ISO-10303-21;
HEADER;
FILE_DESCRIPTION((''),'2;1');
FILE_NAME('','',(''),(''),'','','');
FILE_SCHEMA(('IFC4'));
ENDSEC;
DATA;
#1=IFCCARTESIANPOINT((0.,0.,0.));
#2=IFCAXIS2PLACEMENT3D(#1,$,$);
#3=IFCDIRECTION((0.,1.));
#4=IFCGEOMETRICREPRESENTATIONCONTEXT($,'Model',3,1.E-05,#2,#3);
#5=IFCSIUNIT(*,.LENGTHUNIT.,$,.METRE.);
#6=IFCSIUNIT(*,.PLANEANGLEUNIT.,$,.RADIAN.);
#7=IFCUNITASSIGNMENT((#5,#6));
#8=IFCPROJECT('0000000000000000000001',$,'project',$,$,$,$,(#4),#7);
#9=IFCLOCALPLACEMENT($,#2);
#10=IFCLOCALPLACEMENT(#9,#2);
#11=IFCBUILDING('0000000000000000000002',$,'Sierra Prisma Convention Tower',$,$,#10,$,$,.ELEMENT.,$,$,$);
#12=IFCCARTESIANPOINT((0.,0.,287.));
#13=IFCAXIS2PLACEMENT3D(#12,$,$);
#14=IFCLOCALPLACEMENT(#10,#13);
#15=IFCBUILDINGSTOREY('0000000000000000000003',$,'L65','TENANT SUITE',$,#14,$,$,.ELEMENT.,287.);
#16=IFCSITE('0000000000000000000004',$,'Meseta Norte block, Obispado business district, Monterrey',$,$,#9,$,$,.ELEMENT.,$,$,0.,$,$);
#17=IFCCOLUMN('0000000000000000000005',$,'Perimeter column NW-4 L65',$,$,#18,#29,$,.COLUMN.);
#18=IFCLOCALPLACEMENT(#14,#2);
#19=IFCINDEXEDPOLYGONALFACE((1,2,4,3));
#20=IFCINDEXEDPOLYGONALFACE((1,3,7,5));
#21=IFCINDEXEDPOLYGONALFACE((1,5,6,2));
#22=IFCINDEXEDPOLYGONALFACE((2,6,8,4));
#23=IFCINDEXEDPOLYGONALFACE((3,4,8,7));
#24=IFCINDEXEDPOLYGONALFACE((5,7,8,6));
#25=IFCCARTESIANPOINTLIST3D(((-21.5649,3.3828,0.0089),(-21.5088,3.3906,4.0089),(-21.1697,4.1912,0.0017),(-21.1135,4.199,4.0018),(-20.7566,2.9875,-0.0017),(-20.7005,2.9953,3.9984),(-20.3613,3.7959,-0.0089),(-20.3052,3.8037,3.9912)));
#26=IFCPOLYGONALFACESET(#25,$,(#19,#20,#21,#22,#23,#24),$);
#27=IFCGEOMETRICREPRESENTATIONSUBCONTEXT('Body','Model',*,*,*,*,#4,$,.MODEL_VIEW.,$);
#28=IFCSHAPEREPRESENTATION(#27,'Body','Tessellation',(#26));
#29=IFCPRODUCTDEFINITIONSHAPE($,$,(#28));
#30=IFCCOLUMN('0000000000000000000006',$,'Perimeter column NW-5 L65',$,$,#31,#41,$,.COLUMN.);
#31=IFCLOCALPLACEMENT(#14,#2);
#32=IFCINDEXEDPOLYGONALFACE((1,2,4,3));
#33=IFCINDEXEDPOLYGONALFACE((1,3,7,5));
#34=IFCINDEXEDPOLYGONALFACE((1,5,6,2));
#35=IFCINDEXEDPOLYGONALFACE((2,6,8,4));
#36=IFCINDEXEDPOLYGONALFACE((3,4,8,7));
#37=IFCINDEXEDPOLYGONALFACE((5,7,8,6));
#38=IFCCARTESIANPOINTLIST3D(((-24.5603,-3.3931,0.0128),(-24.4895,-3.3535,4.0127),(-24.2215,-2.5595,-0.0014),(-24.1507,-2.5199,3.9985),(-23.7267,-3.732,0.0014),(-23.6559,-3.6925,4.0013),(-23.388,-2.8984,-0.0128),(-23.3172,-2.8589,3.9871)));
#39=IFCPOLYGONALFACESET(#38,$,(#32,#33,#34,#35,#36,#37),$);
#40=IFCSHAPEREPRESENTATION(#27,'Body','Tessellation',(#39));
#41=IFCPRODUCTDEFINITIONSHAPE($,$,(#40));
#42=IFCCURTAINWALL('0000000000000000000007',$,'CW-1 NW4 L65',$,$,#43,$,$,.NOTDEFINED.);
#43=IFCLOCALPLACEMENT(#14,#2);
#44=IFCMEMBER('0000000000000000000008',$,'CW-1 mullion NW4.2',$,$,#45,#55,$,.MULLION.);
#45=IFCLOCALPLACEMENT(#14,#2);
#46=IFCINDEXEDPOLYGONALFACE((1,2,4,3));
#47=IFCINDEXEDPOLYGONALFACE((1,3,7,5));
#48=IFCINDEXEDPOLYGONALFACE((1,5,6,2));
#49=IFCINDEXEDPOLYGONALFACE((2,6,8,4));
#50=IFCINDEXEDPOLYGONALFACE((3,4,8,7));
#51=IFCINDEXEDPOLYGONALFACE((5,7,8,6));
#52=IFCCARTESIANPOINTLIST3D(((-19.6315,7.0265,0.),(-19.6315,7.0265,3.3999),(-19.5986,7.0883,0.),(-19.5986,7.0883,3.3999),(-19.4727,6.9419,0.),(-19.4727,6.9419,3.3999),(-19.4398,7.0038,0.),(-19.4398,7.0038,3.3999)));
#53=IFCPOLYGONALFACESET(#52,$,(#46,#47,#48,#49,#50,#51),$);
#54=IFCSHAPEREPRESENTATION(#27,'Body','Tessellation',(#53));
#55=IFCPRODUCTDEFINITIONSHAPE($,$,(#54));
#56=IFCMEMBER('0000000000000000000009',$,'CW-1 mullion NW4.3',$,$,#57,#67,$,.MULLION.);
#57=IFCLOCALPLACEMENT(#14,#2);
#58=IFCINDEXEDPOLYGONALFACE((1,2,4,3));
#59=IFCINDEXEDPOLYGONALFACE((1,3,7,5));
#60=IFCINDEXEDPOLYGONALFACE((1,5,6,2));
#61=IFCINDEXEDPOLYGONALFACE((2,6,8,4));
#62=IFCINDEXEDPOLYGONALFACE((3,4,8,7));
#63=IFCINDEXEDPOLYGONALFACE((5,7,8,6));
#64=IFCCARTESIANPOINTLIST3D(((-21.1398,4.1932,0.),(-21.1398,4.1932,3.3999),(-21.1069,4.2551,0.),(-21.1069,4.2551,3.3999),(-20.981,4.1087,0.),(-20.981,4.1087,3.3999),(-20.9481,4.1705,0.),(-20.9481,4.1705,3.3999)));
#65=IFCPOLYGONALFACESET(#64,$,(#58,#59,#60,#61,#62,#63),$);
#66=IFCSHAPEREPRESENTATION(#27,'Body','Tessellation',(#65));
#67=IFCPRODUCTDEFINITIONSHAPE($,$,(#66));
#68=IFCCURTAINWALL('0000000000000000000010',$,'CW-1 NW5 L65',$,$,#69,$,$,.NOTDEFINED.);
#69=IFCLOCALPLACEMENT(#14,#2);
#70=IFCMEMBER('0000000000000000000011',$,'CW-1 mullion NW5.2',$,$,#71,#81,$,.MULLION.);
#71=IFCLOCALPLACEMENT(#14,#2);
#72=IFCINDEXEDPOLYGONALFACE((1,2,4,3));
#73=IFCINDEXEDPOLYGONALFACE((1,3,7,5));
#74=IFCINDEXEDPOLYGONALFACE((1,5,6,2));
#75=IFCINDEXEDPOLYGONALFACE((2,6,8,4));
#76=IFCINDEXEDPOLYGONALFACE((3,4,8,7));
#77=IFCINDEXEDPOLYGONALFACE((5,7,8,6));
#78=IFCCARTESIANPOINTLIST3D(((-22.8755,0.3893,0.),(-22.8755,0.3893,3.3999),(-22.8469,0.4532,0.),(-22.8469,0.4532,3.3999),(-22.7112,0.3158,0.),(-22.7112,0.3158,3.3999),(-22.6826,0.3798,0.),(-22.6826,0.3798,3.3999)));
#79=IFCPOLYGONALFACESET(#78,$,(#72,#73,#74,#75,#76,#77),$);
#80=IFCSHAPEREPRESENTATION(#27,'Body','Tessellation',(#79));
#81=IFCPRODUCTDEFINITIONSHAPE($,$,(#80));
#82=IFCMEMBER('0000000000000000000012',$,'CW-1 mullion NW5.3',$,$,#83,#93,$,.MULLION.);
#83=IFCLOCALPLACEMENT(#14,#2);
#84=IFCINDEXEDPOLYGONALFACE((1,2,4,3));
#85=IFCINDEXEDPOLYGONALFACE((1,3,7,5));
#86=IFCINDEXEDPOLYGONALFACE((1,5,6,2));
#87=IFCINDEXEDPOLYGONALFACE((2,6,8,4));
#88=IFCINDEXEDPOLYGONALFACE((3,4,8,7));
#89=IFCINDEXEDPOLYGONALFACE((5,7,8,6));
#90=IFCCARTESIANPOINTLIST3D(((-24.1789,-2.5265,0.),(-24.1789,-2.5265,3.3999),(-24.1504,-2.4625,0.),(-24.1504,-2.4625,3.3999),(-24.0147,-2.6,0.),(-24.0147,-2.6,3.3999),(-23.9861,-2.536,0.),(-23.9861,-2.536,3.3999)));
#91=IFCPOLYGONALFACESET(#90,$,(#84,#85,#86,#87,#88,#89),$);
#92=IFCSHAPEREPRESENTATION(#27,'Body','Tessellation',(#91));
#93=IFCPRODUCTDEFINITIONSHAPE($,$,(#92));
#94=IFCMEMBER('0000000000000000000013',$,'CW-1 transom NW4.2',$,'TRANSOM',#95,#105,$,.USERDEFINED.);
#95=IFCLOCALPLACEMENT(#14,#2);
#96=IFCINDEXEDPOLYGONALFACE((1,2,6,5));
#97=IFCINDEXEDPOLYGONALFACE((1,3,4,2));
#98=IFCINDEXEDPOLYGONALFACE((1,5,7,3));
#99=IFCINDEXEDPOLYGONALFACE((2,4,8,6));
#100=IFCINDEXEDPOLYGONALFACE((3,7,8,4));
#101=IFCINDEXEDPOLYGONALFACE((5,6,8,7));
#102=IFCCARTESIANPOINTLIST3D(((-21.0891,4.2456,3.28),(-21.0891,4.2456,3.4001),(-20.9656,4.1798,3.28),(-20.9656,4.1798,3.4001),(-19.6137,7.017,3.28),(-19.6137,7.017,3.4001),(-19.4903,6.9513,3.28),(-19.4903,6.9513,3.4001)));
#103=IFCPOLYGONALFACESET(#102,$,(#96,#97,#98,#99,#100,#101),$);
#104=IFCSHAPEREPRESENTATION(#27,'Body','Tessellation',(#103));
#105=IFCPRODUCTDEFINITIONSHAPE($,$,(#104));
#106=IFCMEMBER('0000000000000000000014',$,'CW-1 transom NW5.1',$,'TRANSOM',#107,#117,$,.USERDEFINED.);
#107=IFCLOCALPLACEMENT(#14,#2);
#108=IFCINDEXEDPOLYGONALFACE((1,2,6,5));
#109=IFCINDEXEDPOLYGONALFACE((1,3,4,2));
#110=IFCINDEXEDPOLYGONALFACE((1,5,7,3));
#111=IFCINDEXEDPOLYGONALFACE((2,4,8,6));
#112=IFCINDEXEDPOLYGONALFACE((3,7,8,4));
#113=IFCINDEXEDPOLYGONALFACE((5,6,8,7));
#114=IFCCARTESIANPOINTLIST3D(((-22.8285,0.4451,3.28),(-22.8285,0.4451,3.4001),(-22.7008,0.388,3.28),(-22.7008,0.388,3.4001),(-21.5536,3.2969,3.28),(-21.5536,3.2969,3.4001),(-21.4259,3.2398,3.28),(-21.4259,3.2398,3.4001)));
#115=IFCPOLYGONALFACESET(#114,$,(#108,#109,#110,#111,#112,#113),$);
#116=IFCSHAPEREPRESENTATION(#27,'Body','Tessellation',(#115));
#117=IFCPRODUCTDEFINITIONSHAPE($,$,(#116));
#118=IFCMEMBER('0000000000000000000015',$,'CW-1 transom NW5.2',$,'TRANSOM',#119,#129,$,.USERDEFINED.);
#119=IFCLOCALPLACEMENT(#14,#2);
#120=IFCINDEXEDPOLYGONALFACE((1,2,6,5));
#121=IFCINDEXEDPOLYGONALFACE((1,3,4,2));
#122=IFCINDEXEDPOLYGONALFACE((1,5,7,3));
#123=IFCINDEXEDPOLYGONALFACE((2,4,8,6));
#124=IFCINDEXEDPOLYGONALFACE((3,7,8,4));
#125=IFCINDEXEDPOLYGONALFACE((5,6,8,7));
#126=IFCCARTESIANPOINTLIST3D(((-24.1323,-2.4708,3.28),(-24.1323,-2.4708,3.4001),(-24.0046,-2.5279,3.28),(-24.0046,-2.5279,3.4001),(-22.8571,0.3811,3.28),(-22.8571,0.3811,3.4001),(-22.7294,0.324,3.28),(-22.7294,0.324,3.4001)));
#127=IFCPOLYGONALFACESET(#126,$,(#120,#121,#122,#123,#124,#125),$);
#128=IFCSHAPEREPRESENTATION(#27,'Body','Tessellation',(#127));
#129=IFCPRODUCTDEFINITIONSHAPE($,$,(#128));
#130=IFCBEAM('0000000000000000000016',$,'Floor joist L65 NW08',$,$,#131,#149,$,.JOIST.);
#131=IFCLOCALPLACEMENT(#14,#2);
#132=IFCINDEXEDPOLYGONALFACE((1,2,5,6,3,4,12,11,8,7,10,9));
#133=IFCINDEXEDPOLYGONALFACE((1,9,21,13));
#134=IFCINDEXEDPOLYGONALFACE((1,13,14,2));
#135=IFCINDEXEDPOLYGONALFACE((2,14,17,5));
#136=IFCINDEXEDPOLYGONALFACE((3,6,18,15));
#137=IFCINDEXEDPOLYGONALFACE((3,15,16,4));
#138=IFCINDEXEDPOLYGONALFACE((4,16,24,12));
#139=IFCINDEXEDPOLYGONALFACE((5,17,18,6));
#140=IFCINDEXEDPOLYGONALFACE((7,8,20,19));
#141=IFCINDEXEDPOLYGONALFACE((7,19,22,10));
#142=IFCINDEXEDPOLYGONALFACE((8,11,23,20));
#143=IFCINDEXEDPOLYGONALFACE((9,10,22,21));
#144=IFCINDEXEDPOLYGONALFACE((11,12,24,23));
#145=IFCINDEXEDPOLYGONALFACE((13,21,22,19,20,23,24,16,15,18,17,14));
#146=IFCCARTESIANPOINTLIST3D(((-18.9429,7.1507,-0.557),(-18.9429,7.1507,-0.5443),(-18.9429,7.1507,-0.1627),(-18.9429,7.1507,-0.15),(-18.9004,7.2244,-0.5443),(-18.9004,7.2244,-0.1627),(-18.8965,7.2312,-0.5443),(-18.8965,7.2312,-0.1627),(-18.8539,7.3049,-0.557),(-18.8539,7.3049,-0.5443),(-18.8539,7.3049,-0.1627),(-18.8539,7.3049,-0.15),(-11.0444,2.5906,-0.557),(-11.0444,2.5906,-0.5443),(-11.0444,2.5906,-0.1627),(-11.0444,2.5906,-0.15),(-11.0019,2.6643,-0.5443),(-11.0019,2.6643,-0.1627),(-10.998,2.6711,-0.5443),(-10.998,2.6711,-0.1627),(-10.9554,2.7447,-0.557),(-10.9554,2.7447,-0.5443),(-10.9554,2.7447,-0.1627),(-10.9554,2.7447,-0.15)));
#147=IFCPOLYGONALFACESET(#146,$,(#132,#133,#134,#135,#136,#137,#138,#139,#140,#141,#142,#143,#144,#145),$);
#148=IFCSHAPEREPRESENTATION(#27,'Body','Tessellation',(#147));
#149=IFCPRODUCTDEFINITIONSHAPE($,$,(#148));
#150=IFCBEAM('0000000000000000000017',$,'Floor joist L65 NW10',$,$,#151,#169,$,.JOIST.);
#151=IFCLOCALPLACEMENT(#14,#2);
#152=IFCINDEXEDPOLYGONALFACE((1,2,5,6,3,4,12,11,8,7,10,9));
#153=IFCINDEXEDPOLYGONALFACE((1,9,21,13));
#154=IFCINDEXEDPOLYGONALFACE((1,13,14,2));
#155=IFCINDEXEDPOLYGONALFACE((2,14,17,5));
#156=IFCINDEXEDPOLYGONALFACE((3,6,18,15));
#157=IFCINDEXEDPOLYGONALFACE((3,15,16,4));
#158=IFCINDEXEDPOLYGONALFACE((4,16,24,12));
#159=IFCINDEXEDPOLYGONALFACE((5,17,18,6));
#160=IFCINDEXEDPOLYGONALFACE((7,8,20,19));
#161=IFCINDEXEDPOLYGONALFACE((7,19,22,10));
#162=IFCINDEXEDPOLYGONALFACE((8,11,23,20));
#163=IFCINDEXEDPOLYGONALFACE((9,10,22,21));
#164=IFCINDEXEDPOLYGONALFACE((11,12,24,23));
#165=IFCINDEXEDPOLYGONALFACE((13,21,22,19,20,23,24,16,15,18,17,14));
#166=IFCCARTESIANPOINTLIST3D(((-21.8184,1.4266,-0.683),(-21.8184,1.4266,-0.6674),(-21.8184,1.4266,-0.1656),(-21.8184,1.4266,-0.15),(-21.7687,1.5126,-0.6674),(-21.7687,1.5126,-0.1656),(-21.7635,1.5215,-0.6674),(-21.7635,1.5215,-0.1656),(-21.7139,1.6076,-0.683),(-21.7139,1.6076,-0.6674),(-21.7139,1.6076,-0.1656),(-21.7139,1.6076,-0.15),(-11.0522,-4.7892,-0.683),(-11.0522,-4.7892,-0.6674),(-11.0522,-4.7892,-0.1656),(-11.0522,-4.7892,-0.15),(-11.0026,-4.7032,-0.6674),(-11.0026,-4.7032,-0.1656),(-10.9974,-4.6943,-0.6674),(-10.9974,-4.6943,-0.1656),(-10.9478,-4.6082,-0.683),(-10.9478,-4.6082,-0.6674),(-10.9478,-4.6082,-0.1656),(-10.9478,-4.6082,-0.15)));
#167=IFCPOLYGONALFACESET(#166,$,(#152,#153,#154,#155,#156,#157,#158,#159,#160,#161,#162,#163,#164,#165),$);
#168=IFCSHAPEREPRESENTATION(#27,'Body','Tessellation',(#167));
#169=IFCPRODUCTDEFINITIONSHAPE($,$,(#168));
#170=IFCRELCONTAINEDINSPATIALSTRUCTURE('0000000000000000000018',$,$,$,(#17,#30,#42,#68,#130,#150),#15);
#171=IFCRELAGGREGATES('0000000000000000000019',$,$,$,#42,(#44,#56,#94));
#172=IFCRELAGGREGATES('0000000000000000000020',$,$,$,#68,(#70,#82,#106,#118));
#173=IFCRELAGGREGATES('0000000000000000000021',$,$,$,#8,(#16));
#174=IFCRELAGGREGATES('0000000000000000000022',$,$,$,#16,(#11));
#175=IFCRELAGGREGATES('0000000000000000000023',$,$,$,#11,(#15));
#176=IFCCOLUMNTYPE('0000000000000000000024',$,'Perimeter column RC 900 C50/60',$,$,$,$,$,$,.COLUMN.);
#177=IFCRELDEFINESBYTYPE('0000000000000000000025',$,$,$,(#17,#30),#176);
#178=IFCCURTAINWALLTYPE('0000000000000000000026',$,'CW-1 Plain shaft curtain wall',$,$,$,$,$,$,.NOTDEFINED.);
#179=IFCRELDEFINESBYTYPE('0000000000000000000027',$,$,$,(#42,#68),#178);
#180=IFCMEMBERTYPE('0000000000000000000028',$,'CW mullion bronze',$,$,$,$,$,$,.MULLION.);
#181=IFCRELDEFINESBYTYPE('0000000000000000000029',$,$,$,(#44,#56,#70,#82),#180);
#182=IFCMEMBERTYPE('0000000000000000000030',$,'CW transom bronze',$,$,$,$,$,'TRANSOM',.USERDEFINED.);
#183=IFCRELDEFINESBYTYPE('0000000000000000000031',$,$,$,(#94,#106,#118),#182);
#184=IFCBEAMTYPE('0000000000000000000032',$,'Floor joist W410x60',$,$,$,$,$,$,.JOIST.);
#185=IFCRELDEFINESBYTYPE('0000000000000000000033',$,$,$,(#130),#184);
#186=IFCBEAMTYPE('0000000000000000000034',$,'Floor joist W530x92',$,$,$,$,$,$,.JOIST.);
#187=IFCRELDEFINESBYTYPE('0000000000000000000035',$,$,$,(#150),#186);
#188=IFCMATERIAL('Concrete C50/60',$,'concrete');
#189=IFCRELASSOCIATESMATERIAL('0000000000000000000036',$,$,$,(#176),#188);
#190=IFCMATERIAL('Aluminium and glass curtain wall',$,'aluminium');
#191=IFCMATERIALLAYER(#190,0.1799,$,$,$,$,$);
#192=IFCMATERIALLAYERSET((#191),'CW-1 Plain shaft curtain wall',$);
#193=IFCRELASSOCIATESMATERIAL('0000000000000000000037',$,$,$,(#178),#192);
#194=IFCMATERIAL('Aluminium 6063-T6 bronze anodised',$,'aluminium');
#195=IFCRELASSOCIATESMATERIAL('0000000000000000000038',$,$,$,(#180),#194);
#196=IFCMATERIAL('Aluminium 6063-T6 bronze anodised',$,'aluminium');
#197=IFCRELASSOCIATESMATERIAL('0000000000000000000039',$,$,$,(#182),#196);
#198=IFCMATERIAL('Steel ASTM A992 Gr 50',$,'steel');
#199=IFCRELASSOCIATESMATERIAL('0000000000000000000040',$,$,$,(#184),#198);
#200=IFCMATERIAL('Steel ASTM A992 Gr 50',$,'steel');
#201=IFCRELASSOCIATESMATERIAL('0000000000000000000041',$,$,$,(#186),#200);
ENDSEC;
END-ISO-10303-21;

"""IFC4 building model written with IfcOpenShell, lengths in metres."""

from ifc_helpers import new_model, si_unit, direction, frame, origin, origin_2d, place, context, subcontext, project, spatial, rectangle, i_section, extrude, material, layer, layer_set, material_profile, profile_set, type_object, element, aggregate, save


model = new_model("IFC4")

# Units and contexts
model_context = context("Model", 3, precision=1e-05, world=origin(), true_north=direction((0.0, 1.0)))
body_context = subcontext(model_context, "Body", "Model", "MODEL_VIEW")
ifc_project = project(units=[si_unit("LENGTHUNIT", "METRE"), si_unit("PLANEANGLEUNIT", "RADIAN")], contexts=[model_context])

# Site, building, storey
site_placement = place(None, origin())
site = spatial("IfcSite", under=ifc_project, at=site_placement, Name="Meseta Norte block, Obispado business district, Monterrey", CompositionType="ELEMENT", RefElevation=0.0)
building_placement = place(site_placement, origin())
building = spatial("IfcBuilding", under=site, at=building_placement, Name="Sierra Prisma Convention Tower", CompositionType="ELEMENT")
storey_placement = place(building_placement, frame((0.0, 0.0, 287.0)))
storey = spatial("IfcBuildingStorey", under=building, at=storey_placement, Name="L65", Description="TENANT SUITE", CompositionType="ELEMENT", Elevation=287.0)

# Columns
ifc_material_1 = material(Name="Concrete C50/60", Category="concrete")
ifc_material_profile_1 = material_profile(ifc_material_1, rectangle(XDim=0.8999, YDim=0.8999, at=origin_2d()), Name="Perimeter column RC 900 C50/60")
ifc_profile_set_1 = profile_set([ifc_material_profile_1], Name="Concrete C50/60")
column_type = type_object("IfcColumnType", Name="Perimeter column RC 900 C50/60", PredefinedType="COLUMN", material=ifc_profile_set_1)
column_1_placement = place(storey_placement, frame((-20.9631, 3.5894, 0.0), z_axis=(0.014037, 0.001953, 0.9999), x_axis=(0.439252, 0.898329, -0.007921)))
element("IfcColumn", 1, at=column_1_placement, inside=storey, type_object=column_type, Name="Perimeter column NW-4 L65", PredefinedType="COLUMN", context=body_context, shape_type="SweptSolid", body=[
    extrude(rectangle(XDim=0.8999, YDim=0.8999, at=origin_2d()), origin(), (0.0, 0.0, 1.0), 4.0005),
])
column_2_placement = place(storey_placement, frame((-23.9741, -3.1458, 0.0), z_axis=(0.017697, 0.009886, 0.999795), x_axis=(0.376453, 0.926301, -0.015822)))
element("IfcColumn", 2, at=column_2_placement, inside=storey, type_object=column_type, Name="Perimeter column NW-5 L65", PredefinedType="COLUMN", context=body_context, shape_type="SweptSolid", body=[
    extrude(rectangle(XDim=0.8999, YDim=0.8999, at=origin_2d()), origin(), (0.0, 0.0, 1.0), 4.0007),
])

# Curtain walls, members
ifc_material_2 = material(Name="Aluminium and glass curtain wall", Category="aluminium")
ifc_layer_1 = layer(ifc_material_2, 0.1799)
ifc_layer_set_1 = layer_set([ifc_layer_1], Name="CW-1 Plain shaft curtain wall")
curtain_wall_type = type_object("IfcCurtainWallType", Name="CW-1 Plain shaft curtain wall", PredefinedType="NOTDEFINED", material=ifc_layer_set_1)
curtain_wall_1_placement = place(storey_placement, origin())
curtain_wall_1 = element("IfcCurtainWall", 3, at=curtain_wall_1_placement, inside=storey, type_object=curtain_wall_type, Name="CW-1 NW4 L65", PredefinedType="NOTDEFINED")
ifc_material_3 = material(Name="Aluminium 6063-T6 bronze anodised", Category="aluminium")
ifc_material_profile_2 = material_profile(ifc_material_3, rectangle(XDim=0.1799, YDim=0.0701, at=origin_2d()), Name="ALU MULLION 70x180")
ifc_profile_set_2 = profile_set([ifc_material_profile_2], Name="Aluminium 6063-T6 bronze anodised")
member_type_1 = type_object("IfcMemberType", Name="CW mullion bronze", PredefinedType="MULLION", material=ifc_profile_set_2)
member_1_placement = place(storey_placement, frame((-19.5356, 7.0151, 0.0), z_axis=(0.0, 0.0, 1.0), x_axis=(0.882706, -0.469925, 0.0)))
member_1 = element("IfcMember", 4, at=member_1_placement, type_object=member_type_1, Name="CW-1 mullion NW4.2", PredefinedType="MULLION", context=body_context, shape_type="SweptSolid", body=[
    extrude(rectangle(XDim=0.1799, YDim=0.0701, at=origin_2d()), origin(), (0.0, 0.0, 1.0), 3.3999),
])
member_2_placement = place(storey_placement, frame((-21.0439, 4.1819, 0.0), z_axis=(0.0, 0.0, 1.0), x_axis=(0.882706, -0.469925, 0.0)))
member_2 = element("IfcMember", 5, at=member_2_placement, type_object=member_type_1, Name="CW-1 mullion NW4.3", PredefinedType="MULLION", context=body_context, shape_type="SweptSolid", body=[
    extrude(rectangle(XDim=0.1799, YDim=0.0701, at=origin_2d()), origin(), (0.0, 0.0, 1.0), 3.3999),
])
curtain_wall_2_placement = place(storey_placement, origin())
curtain_wall_2 = element("IfcCurtainWall", 6, at=curtain_wall_2_placement, inside=storey, type_object=curtain_wall_type, Name="CW-1 NW5 L65", PredefinedType="NOTDEFINED")
member_3_placement = place(storey_placement, frame((-22.7791, 0.3845, 0.0), z_axis=(0.0, 0.0, 1.0), x_axis=(0.912917, -0.408145, 0.0)))
member_3 = element("IfcMember", 7, at=member_3_placement, type_object=member_type_1, Name="CW-1 mullion NW5.2", PredefinedType="MULLION", context=body_context, shape_type="SweptSolid", body=[
    extrude(rectangle(XDim=0.1799, YDim=0.0701, at=origin_2d()), origin(), (0.0, 0.0, 1.0), 3.3999),
])
member_4_placement = place(storey_placement, frame((-24.0825, -2.5312, 0.0), z_axis=(0.0, 0.0, 1.0), x_axis=(0.912917, -0.408145, 0.0)))
member_4 = element("IfcMember", 8, at=member_4_placement, type_object=member_type_1, Name="CW-1 mullion NW5.3", PredefinedType="MULLION", context=body_context, shape_type="SweptSolid", body=[
    extrude(rectangle(XDim=0.1799, YDim=0.0701, at=origin_2d()), origin(), (0.0, 0.0, 1.0), 3.3999),
])

# Members
ifc_material_4 = material(Name="Aluminium 6063-T6 bronze anodised", Category="aluminium")
ifc_material_profile_3 = material_profile(ifc_material_4, rectangle(XDim=0.1399, YDim=0.1201, at=origin_2d()), Name="ALU TRANSOM 120x140")
ifc_profile_set_3 = profile_set([ifc_material_profile_3], Name="Aluminium 6063-T6 bronze anodised")
member_type_2 = type_object("IfcMemberType", Name="CW transom bronze", ElementType="TRANSOM", PredefinedType="USERDEFINED", material=ifc_profile_set_3)
member_5_placement = place(storey_placement, frame((-19.552, 6.9841, 3.3401), z_axis=(-0.469898, -0.882721, 0.0), x_axis=(0.882721, -0.469898, 0.0)))
member_5 = element("IfcMember", 9, at=member_5_placement, type_object=member_type_2, Name="CW-1 transom NW4.2", ObjectType="TRANSOM", PredefinedType="USERDEFINED", context=body_context, shape_type="SweptSolid", body=[
    extrude(rectangle(XDim=0.1399, YDim=0.1201, at=origin_2d()), origin(), (0.0, 0.0, 1.0), 3.1396),
])
member_6_placement = place(storey_placement, frame((-21.4897, 3.2683, 3.3401), z_axis=(-0.408124, -0.912926, 0.0), x_axis=(0.912926, -0.408124, 0.0)))
member_6 = element("IfcMember", 10, at=member_6_placement, type_object=member_type_2, Name="CW-1 transom NW5.1", ObjectType="TRANSOM", PredefinedType="USERDEFINED", context=body_context, shape_type="SweptSolid", body=[
    extrude(rectangle(XDim=0.1399, YDim=0.1201, at=origin_2d()), origin(), (0.0, 0.0, 1.0), 3.1238),
])
member_7_placement = place(storey_placement, frame((-22.7932, 0.3525, 3.3401), z_axis=(-0.40819, -0.912897, 0.0), x_axis=(0.912897, -0.40819, 0.0)))
member_7 = element("IfcMember", 11, at=member_7_placement, type_object=member_type_2, Name="CW-1 transom NW5.2", ObjectType="TRANSOM", PredefinedType="USERDEFINED", context=body_context, shape_type="SweptSolid", body=[
    extrude(rectangle(XDim=0.1399, YDim=0.1201, at=origin_2d()), origin(), (0.0, 0.0, 1.0), 3.124),
])

# Beams
ifc_material_5 = material(Name="Steel ASTM A992 Gr 50", Category="steel")
ifc_material_profile_4 = material_profile(ifc_material_5, i_section(OverallWidth=0.178, OverallDepth=0.407, WebThickness=0.0078, FlangeThickness=0.0127, at=origin_2d()), Name="W410x60")
ifc_profile_set_4 = profile_set([ifc_material_profile_4], Name="Steel ASTM A992 Gr 50")
beam_type_1 = type_object("IfcBeamType", Name="Floor joist W410x60", PredefinedType="JOIST", material=ifc_profile_set_4)
beam_1_placement = place(storey_placement, frame((-18.8984, 7.2278, -0.3535), z_axis=(0.86603, -0.499991, 0.0), x_axis=(0.499991, 0.86603, 0.0)))
element("IfcBeam", 12, at=beam_1_placement, inside=storey, type_object=beam_type_1, Name="Floor joist L65 NW08", PredefinedType="JOIST", context=body_context, shape_type="SweptSolid", body=[
    extrude(i_section(OverallWidth=0.178, OverallDepth=0.407, WebThickness=0.0078, FlangeThickness=0.0127, at=origin_2d()), origin(), (0.0, 0.0, 1.0), 9.1204),
])
ifc_material_6 = material(Name="Steel ASTM A992 Gr 50", Category="steel")
ifc_material_profile_5 = material_profile(ifc_material_6, i_section(OverallWidth=0.209, OverallDepth=0.533, WebThickness=0.0103, FlangeThickness=0.0156, at=origin_2d()), Name="W530x92")
ifc_profile_set_5 = profile_set([ifc_material_profile_5], Name="Steel ASTM A992 Gr 50")
beam_type_2 = type_object("IfcBeamType", Name="Floor joist W530x92", PredefinedType="JOIST", material=ifc_profile_set_5)
beam_2_placement = place(storey_placement, frame((-21.7661, 1.5171, -0.4165), z_axis=(0.866025, -0.5, 0.0), x_axis=(0.5, 0.866025, 0.0)))
element("IfcBeam", 13, at=beam_2_placement, inside=storey, type_object=beam_type_2, Name="Floor joist L65 NW10", PredefinedType="JOIST", context=body_context, shape_type="SweptSolid", body=[
    extrude(i_section(OverallWidth=0.209, OverallDepth=0.533, WebThickness=0.0103, FlangeThickness=0.0156, at=origin_2d()), origin(), (0.0, 0.0, 1.0), 12.4316),
])

aggregate(curtain_wall_1, [member_1, member_2, member_5])
aggregate(curtain_wall_2, [member_3, member_4, member_6, member_7])

save(model, "model.ifc")
